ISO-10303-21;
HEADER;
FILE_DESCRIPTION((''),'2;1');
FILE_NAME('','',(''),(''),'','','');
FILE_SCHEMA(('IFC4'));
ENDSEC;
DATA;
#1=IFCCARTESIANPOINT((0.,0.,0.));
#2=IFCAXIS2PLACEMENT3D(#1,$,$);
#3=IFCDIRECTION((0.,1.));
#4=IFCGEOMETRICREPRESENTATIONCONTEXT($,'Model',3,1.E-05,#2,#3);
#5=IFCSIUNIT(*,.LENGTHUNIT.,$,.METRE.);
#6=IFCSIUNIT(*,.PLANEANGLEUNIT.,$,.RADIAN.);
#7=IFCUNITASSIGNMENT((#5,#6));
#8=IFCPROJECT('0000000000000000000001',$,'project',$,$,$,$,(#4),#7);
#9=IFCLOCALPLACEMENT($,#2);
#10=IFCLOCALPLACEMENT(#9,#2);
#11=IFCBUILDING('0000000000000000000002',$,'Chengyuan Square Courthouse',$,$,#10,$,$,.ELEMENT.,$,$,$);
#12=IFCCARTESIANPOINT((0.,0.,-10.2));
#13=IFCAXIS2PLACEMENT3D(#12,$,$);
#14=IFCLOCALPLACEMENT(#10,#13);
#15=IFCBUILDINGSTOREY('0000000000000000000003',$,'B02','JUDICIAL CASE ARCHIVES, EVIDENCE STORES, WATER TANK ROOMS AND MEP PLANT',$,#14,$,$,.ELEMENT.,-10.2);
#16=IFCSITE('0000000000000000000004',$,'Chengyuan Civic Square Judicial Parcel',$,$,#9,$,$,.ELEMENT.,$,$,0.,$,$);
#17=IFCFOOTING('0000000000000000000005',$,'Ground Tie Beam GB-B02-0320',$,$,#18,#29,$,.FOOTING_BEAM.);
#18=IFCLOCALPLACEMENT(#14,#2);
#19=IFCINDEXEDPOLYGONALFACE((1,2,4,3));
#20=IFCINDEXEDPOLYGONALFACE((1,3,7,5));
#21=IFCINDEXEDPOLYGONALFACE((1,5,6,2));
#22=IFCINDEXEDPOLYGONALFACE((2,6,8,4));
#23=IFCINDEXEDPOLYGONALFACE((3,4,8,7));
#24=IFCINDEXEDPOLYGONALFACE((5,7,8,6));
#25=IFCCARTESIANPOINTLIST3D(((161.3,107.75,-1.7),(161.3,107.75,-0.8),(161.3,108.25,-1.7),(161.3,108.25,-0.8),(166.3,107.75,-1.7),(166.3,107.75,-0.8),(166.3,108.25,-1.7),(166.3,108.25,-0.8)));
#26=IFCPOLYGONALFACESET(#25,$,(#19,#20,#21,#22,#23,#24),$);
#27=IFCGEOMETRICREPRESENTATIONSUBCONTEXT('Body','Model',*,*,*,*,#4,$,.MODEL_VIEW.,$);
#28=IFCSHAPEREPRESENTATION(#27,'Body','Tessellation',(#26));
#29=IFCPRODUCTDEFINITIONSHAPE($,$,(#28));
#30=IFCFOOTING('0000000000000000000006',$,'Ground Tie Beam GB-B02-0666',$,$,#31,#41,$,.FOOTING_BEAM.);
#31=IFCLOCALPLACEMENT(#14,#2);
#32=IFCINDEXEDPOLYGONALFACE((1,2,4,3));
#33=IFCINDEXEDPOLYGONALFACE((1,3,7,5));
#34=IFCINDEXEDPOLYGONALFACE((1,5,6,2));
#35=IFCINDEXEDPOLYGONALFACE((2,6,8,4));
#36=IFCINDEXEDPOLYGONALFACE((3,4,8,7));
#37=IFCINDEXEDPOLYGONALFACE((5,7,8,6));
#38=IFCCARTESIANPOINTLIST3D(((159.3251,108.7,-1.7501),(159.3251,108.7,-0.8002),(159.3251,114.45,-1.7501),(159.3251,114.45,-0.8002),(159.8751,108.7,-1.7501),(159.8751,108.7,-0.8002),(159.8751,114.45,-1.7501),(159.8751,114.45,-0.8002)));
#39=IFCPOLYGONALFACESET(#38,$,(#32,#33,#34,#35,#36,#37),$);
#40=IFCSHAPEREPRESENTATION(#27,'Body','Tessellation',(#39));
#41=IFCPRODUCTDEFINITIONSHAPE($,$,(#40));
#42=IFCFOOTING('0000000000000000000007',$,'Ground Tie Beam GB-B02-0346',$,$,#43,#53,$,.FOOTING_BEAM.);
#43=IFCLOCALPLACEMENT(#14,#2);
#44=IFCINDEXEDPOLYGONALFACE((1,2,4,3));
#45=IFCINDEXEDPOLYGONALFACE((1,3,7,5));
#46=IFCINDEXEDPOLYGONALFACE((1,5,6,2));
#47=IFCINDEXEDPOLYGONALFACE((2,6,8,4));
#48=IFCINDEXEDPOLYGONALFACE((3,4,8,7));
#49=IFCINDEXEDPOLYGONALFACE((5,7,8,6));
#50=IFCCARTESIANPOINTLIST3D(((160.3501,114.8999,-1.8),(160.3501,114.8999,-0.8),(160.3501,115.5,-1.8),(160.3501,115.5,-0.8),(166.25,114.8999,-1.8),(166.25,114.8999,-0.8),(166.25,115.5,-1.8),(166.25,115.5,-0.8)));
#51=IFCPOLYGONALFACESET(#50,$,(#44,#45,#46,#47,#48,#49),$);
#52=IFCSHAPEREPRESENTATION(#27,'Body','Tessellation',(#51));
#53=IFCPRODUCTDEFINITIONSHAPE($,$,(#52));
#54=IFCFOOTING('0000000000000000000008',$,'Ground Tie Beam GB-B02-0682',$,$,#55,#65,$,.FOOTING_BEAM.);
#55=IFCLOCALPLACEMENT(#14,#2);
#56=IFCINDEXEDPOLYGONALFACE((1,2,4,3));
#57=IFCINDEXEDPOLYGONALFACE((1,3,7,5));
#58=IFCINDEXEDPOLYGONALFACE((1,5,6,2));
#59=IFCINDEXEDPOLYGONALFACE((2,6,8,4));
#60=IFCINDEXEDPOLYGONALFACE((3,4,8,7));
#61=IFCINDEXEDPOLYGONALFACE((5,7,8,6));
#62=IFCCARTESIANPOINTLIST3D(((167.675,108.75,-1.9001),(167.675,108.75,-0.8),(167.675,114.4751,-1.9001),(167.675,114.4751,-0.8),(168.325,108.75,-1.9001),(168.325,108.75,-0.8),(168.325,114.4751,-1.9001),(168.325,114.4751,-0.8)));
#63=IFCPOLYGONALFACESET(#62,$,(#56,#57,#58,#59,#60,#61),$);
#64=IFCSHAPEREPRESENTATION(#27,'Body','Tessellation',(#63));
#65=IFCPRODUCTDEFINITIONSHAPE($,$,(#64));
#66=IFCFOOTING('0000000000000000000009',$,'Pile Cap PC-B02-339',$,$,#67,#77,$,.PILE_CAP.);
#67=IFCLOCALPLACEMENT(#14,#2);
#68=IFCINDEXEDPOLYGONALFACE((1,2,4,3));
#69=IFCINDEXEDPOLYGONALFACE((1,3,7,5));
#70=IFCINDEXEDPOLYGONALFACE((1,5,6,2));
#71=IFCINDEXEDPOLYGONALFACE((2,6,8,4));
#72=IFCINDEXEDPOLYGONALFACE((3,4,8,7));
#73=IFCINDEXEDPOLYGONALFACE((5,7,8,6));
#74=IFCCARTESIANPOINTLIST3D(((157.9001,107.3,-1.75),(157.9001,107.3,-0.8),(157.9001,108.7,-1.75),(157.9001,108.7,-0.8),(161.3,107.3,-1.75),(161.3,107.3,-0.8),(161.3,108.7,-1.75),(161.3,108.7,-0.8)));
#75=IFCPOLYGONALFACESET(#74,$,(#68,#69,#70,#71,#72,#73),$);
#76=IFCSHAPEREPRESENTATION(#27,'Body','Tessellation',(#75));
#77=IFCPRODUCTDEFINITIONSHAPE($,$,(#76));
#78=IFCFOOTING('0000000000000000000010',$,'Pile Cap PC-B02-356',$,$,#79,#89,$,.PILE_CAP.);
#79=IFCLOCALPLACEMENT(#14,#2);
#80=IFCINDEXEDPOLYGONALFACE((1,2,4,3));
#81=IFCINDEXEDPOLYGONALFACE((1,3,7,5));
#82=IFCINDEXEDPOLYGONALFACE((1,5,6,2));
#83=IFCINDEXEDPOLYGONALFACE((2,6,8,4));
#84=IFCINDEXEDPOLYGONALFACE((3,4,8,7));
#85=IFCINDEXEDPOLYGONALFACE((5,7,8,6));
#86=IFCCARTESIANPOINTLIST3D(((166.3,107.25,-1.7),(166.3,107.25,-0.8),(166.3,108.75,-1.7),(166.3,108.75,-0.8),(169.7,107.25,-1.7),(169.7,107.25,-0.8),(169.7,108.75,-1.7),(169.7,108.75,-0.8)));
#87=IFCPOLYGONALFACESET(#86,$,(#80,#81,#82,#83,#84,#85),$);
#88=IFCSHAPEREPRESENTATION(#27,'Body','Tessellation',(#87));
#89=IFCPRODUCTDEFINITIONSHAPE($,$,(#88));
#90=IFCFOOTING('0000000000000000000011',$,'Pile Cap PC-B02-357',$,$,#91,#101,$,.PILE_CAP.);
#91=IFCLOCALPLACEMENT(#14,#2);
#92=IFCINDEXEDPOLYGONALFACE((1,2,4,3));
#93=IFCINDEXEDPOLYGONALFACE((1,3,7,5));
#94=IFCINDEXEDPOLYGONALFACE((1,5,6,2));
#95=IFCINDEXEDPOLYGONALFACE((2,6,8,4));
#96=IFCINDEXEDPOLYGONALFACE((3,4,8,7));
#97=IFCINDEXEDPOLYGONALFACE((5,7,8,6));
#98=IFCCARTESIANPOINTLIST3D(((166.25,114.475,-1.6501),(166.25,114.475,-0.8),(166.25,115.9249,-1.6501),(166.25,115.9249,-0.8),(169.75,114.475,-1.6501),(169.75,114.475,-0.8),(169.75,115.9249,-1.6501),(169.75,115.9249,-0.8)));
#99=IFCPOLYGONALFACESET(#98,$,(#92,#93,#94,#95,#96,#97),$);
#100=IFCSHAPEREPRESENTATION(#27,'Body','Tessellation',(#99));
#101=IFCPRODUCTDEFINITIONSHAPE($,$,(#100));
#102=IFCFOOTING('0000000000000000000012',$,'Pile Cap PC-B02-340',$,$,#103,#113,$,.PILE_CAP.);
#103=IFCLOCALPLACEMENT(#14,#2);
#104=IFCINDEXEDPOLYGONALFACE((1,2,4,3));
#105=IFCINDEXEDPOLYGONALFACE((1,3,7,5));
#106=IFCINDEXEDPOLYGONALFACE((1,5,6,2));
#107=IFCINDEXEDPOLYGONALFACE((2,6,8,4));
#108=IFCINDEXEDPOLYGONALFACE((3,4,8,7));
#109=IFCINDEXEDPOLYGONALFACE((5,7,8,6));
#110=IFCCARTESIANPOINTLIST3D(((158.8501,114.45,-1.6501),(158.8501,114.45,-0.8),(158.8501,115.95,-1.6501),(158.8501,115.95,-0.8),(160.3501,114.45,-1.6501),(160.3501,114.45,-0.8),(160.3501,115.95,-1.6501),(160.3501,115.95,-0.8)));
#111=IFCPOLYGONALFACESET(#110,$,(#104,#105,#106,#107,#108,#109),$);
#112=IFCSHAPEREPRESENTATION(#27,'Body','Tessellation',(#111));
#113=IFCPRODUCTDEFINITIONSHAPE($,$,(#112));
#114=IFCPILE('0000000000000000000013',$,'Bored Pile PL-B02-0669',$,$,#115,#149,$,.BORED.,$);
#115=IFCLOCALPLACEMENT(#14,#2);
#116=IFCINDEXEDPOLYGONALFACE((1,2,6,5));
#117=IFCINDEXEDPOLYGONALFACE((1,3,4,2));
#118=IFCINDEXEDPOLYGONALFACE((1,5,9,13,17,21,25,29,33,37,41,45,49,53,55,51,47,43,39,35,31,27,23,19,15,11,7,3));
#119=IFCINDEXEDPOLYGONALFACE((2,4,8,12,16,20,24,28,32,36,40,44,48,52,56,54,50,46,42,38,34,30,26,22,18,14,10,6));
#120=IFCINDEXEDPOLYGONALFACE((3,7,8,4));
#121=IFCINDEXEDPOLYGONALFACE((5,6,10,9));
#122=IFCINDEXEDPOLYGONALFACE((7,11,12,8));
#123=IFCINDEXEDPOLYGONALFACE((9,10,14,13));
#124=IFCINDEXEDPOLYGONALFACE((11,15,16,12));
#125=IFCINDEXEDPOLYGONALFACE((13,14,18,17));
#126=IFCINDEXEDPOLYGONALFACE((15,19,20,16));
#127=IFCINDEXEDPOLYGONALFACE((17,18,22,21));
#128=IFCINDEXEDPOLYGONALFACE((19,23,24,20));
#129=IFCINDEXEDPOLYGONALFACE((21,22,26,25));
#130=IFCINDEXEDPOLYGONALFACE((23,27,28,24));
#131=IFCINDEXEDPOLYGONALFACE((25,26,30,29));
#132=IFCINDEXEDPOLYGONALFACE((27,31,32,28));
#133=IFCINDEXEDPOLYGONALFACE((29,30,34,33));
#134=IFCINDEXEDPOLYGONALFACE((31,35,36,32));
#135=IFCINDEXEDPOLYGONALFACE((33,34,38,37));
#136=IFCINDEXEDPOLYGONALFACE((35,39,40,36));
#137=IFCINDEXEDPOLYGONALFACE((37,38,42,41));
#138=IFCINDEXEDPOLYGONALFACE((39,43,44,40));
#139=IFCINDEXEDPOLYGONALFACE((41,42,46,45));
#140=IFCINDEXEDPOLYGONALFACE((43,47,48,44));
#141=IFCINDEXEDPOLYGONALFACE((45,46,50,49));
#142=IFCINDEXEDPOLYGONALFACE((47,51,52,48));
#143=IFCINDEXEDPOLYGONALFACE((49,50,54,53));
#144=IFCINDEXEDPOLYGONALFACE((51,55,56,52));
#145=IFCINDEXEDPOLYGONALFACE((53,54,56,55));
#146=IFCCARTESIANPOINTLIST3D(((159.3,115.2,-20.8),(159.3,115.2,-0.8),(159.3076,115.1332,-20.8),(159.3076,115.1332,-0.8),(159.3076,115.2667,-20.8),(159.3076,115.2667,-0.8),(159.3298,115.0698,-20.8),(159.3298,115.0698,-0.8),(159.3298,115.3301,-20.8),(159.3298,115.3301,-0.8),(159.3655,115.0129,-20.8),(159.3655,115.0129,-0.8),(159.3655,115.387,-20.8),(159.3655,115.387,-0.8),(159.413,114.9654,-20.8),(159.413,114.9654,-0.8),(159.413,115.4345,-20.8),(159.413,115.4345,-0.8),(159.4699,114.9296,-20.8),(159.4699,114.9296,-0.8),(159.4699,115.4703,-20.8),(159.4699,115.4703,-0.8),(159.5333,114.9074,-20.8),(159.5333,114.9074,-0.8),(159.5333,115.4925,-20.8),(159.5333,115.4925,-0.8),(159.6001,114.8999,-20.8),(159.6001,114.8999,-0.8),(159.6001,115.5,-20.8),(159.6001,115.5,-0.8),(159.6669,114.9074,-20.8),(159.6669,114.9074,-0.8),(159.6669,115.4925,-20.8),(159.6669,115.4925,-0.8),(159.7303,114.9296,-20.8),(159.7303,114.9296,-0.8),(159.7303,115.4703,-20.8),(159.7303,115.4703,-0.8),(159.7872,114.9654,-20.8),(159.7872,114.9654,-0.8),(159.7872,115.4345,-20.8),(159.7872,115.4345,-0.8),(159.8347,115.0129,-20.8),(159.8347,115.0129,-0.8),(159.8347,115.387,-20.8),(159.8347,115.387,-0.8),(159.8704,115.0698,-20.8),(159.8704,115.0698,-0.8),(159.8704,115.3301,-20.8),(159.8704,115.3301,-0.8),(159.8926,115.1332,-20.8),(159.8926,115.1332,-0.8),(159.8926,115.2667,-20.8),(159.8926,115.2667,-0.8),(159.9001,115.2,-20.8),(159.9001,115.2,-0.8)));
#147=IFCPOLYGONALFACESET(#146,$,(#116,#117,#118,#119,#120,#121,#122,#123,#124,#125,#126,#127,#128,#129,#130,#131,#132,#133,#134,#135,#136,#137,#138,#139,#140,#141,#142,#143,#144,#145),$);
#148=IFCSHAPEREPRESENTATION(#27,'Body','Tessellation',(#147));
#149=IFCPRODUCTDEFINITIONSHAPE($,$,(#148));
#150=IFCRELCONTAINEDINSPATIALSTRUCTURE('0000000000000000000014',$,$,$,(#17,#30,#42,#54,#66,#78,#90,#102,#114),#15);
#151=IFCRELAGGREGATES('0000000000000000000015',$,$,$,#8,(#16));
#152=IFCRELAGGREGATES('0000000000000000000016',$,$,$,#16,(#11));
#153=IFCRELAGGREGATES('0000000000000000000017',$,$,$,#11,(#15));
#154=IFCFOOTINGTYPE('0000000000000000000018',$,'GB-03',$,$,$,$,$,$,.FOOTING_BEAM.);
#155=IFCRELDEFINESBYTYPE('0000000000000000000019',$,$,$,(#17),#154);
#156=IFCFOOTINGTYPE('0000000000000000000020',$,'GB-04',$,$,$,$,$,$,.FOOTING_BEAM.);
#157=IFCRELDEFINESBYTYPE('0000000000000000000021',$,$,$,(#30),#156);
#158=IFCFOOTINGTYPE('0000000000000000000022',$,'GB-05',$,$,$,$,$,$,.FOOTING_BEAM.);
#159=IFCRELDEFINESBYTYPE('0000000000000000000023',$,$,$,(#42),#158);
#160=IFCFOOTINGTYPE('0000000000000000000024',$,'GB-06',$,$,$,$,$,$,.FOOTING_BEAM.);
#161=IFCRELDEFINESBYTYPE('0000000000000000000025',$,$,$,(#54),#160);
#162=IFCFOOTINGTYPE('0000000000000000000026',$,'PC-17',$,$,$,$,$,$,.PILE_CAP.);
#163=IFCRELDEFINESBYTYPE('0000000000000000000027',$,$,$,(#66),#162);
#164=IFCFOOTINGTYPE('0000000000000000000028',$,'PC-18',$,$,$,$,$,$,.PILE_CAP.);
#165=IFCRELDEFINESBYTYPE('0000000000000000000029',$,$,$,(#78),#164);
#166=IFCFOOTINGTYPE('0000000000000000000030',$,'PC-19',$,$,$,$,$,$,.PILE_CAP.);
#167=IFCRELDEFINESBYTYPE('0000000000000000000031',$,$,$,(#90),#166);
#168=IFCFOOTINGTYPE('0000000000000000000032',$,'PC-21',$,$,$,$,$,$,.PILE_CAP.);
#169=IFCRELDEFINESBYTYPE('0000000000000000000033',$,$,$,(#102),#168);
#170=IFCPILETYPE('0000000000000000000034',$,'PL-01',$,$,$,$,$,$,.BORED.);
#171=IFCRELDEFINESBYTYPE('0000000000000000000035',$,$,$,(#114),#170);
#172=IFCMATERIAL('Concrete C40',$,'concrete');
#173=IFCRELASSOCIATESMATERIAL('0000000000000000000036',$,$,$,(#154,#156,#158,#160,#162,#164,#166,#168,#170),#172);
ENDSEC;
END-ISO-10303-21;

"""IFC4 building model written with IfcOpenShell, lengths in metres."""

from ifc_helpers import new_model, si_unit, direction, frame, origin, origin_2d, place, context, subcontext, project, spatial, rectangle, circle, extrude, material, material_profile, profile_set, type_object, element, save


model = new_model("IFC4")

# Units and contexts
model_context = context("Model", 3, precision=1e-05, world=origin(), true_north=direction((0.0, 1.0)))
body_context = subcontext(model_context, "Body", "Model", "MODEL_VIEW")
ifc_project = project(units=[si_unit("LENGTHUNIT", "METRE"), si_unit("PLANEANGLEUNIT", "RADIAN")], contexts=[model_context])

# Site, building, storey
site_placement = place(None, origin())
site = spatial("IfcSite", under=ifc_project, at=site_placement, Name="Chengyuan Civic Square Judicial Parcel", CompositionType="ELEMENT", RefElevation=0.0)
building_placement = place(site_placement, origin())
building = spatial("IfcBuilding", under=site, at=building_placement, Name="Chengyuan Square Courthouse", CompositionType="ELEMENT")
storey_placement = place(building_placement, frame((0.0, 0.0, -10.2)))
storey = spatial("IfcBuildingStorey", under=building, at=storey_placement, Name="B02", Description="JUDICIAL CASE ARCHIVES, EVIDENCE STORES, WATER TANK ROOMS AND MEP PLANT", CompositionType="ELEMENT", Elevation=-10.2)

# Footings
ifc_material_1 = material(Name="Concrete C40", Category="concrete")
ifc_material_profile_1 = material_profile(ifc_material_1, rectangle(XDim=0.5, YDim=0.8999, at=origin_2d()), Name="GB-500x900")
ifc_profile_set_1 = profile_set([ifc_material_profile_1], Name="Concrete C40")
footing_type_1 = type_object("IfcFootingType", Name="GB-03", PredefinedType="FOOTING_BEAM", material=ifc_profile_set_1)
footing_1_placement = place(storey_placement, frame((161.3, 108.0, -1.25), z_axis=(1.0, 0.0, 0.0), x_axis=(0.0, 1.0, 0.0)))
element("IfcFooting", 1, at=footing_1_placement, inside=storey, type_object=footing_type_1, Name="Ground Tie Beam GB-B02-0320", PredefinedType="FOOTING_BEAM", context=body_context, shape_type="SweptSolid", body=[
    extrude(rectangle(XDim=0.5, YDim=0.8999, at=origin_2d()), origin(), (0.0, 0.0, 1.0), 5.0),
])
ifc_material_profile_2 = material_profile(ifc_material_1, rectangle(XDim=0.55, YDim=0.95, at=origin_2d()), Name="GB-550x950")
ifc_profile_set_2 = profile_set([ifc_material_profile_2], Name="Concrete C40")
footing_type_2 = type_object("IfcFootingType", Name="GB-04", PredefinedType="FOOTING_BEAM", material=ifc_profile_set_2)
footing_2_placement = place(storey_placement, frame((159.6001, 108.7, -1.2751), z_axis=(0.0, 1.0, 0.0), x_axis=(-1.0, 0.0, 0.0)))
element("IfcFooting", 2, at=footing_2_placement, inside=storey, type_object=footing_type_2, Name="Ground Tie Beam GB-B02-0666", PredefinedType="FOOTING_BEAM", context=body_context, shape_type="SweptSolid", body=[
    extrude(rectangle(XDim=0.55, YDim=0.95, at=origin_2d()), origin(), (0.0, 0.0, 1.0), 5.75),
])
ifc_material_profile_3 = material_profile(ifc_material_1, rectangle(XDim=0.6001, YDim=1.0, at=origin_2d()), Name="GB-600x1000")
ifc_profile_set_3 = profile_set([ifc_material_profile_3], Name="Concrete C40")
footing_type_3 = type_object("IfcFootingType", Name="GB-05", PredefinedType="FOOTING_BEAM", material=ifc_profile_set_3)
footing_3_placement = place(storey_placement, frame((160.3501, 115.2, -1.3), z_axis=(1.0, 0.0, 0.0), x_axis=(0.0, 1.0, 0.0)))
element("IfcFooting", 3, at=footing_3_placement, inside=storey, type_object=footing_type_3, Name="Ground Tie Beam GB-B02-0346", PredefinedType="FOOTING_BEAM", context=body_context, shape_type="SweptSolid", body=[
    extrude(rectangle(XDim=0.6001, YDim=1.0, at=origin_2d()), origin(), (0.0, 0.0, 1.0), 5.8999),
])
ifc_material_profile_4 = material_profile(ifc_material_1, rectangle(XDim=0.6499, YDim=1.1001, at=origin_2d()), Name="GB-650x1100")
ifc_profile_set_4 = profile_set([ifc_material_profile_4], Name="Concrete C40")
footing_type_4 = type_object("IfcFootingType", Name="GB-06", PredefinedType="FOOTING_BEAM", material=ifc_profile_set_4)
footing_4_placement = place(storey_placement, frame((168.0, 108.75, -1.3501), z_axis=(0.0, 1.0, 0.0), x_axis=(-1.0, 0.0, 0.0)))
element("IfcFooting", 4, at=footing_4_placement, inside=storey, type_object=footing_type_4, Name="Ground Tie Beam GB-B02-0682", PredefinedType="FOOTING_BEAM", context=body_context, shape_type="SweptSolid", body=[
    extrude(rectangle(XDim=0.6499, YDim=1.1001, at=origin_2d()), origin(), (0.0, 0.0, 1.0), 5.7251),
])
footing_type_5 = type_object("IfcFootingType", Name="PC-17", PredefinedType="PILE_CAP", material=ifc_material_1)
footing_5_placement = place(storey_placement, frame((159.6001, 108.0, -1.75), z_axis=(0.0, 0.0, 1.0), x_axis=(1.0, 0.0, 0.0)))
element("IfcFooting", 5, at=footing_5_placement, inside=storey, type_object=footing_type_5, Name="Pile Cap PC-B02-339", PredefinedType="PILE_CAP", context=body_context, shape_type="SweptSolid", body=[
    extrude(rectangle(XDim=3.3999, YDim=1.3999, at=origin_2d()), origin(), (0.0, 0.0, 1.0), 0.95),
])
footing_type_6 = type_object("IfcFootingType", Name="PC-18", PredefinedType="PILE_CAP", material=ifc_material_1)
footing_6_placement = place(storey_placement, frame((168.0, 108.0, -1.7), z_axis=(0.0, 0.0, 1.0), x_axis=(1.0, 0.0, 0.0)))
element("IfcFooting", 6, at=footing_6_placement, inside=storey, type_object=footing_type_6, Name="Pile Cap PC-B02-356", PredefinedType="PILE_CAP", context=body_context, shape_type="SweptSolid", body=[
    extrude(rectangle(XDim=3.3999, YDim=1.5, at=origin_2d()), origin(), (0.0, 0.0, 1.0), 0.8999),
])
footing_type_7 = type_object("IfcFootingType", Name="PC-19", PredefinedType="PILE_CAP", material=ifc_material_1)
footing_7_placement = place(storey_placement, frame((168.0, 115.2, -1.6501), z_axis=(0.0, 0.0, 1.0), x_axis=(1.0, 0.0, 0.0)))
element("IfcFooting", 7, at=footing_7_placement, inside=storey, type_object=footing_type_7, Name="Pile Cap PC-B02-357", PredefinedType="PILE_CAP", context=body_context, shape_type="SweptSolid", body=[
    extrude(rectangle(XDim=3.5, YDim=1.45, at=origin_2d()), origin(), (0.0, 0.0, 1.0), 0.8501),
])
footing_type_8 = type_object("IfcFootingType", Name="PC-21", PredefinedType="PILE_CAP", material=ifc_material_1)
footing_8_placement = place(storey_placement, frame((159.6001, 115.2, -1.6501), z_axis=(0.0, 0.0, 1.0), x_axis=(1.0, 0.0, 0.0)))
element("IfcFooting", 8, at=footing_8_placement, inside=storey, type_object=footing_type_8, Name="Pile Cap PC-B02-340", PredefinedType="PILE_CAP", context=body_context, shape_type="SweptSolid", body=[
    extrude(rectangle(XDim=1.5, YDim=1.5, at=origin_2d()), origin(), (0.0, 0.0, 1.0), 0.8501),
])

# Pile
ifc_material_profile_5 = material_profile(ifc_material_1, circle(Radius=0.3, at=origin_2d()), Name="BORED PILE D600")
ifc_profile_set_5 = profile_set([ifc_material_profile_5], Name="Concrete C40")
pile_type_1 = type_object("IfcPileType", Name="PL-01", PredefinedType="BORED", material=ifc_profile_set_5)
pile_placement = place(storey_placement, frame((159.6001, 115.2, -0.8), z_axis=(0.0, 0.0, -1.0), x_axis=(1.0, 0.0, 0.0)))
element("IfcPile", 9, at=pile_placement, inside=storey, type_object=pile_type_1, Name="Bored Pile PL-B02-0669", PredefinedType="BORED", context=body_context, shape_type="SweptSolid", body=[
    extrude(circle(Radius=0.3, at=origin_2d()), origin(), (0.0, 0.0, 1.0), 20.0),
])

save(model, "model.ifc")
